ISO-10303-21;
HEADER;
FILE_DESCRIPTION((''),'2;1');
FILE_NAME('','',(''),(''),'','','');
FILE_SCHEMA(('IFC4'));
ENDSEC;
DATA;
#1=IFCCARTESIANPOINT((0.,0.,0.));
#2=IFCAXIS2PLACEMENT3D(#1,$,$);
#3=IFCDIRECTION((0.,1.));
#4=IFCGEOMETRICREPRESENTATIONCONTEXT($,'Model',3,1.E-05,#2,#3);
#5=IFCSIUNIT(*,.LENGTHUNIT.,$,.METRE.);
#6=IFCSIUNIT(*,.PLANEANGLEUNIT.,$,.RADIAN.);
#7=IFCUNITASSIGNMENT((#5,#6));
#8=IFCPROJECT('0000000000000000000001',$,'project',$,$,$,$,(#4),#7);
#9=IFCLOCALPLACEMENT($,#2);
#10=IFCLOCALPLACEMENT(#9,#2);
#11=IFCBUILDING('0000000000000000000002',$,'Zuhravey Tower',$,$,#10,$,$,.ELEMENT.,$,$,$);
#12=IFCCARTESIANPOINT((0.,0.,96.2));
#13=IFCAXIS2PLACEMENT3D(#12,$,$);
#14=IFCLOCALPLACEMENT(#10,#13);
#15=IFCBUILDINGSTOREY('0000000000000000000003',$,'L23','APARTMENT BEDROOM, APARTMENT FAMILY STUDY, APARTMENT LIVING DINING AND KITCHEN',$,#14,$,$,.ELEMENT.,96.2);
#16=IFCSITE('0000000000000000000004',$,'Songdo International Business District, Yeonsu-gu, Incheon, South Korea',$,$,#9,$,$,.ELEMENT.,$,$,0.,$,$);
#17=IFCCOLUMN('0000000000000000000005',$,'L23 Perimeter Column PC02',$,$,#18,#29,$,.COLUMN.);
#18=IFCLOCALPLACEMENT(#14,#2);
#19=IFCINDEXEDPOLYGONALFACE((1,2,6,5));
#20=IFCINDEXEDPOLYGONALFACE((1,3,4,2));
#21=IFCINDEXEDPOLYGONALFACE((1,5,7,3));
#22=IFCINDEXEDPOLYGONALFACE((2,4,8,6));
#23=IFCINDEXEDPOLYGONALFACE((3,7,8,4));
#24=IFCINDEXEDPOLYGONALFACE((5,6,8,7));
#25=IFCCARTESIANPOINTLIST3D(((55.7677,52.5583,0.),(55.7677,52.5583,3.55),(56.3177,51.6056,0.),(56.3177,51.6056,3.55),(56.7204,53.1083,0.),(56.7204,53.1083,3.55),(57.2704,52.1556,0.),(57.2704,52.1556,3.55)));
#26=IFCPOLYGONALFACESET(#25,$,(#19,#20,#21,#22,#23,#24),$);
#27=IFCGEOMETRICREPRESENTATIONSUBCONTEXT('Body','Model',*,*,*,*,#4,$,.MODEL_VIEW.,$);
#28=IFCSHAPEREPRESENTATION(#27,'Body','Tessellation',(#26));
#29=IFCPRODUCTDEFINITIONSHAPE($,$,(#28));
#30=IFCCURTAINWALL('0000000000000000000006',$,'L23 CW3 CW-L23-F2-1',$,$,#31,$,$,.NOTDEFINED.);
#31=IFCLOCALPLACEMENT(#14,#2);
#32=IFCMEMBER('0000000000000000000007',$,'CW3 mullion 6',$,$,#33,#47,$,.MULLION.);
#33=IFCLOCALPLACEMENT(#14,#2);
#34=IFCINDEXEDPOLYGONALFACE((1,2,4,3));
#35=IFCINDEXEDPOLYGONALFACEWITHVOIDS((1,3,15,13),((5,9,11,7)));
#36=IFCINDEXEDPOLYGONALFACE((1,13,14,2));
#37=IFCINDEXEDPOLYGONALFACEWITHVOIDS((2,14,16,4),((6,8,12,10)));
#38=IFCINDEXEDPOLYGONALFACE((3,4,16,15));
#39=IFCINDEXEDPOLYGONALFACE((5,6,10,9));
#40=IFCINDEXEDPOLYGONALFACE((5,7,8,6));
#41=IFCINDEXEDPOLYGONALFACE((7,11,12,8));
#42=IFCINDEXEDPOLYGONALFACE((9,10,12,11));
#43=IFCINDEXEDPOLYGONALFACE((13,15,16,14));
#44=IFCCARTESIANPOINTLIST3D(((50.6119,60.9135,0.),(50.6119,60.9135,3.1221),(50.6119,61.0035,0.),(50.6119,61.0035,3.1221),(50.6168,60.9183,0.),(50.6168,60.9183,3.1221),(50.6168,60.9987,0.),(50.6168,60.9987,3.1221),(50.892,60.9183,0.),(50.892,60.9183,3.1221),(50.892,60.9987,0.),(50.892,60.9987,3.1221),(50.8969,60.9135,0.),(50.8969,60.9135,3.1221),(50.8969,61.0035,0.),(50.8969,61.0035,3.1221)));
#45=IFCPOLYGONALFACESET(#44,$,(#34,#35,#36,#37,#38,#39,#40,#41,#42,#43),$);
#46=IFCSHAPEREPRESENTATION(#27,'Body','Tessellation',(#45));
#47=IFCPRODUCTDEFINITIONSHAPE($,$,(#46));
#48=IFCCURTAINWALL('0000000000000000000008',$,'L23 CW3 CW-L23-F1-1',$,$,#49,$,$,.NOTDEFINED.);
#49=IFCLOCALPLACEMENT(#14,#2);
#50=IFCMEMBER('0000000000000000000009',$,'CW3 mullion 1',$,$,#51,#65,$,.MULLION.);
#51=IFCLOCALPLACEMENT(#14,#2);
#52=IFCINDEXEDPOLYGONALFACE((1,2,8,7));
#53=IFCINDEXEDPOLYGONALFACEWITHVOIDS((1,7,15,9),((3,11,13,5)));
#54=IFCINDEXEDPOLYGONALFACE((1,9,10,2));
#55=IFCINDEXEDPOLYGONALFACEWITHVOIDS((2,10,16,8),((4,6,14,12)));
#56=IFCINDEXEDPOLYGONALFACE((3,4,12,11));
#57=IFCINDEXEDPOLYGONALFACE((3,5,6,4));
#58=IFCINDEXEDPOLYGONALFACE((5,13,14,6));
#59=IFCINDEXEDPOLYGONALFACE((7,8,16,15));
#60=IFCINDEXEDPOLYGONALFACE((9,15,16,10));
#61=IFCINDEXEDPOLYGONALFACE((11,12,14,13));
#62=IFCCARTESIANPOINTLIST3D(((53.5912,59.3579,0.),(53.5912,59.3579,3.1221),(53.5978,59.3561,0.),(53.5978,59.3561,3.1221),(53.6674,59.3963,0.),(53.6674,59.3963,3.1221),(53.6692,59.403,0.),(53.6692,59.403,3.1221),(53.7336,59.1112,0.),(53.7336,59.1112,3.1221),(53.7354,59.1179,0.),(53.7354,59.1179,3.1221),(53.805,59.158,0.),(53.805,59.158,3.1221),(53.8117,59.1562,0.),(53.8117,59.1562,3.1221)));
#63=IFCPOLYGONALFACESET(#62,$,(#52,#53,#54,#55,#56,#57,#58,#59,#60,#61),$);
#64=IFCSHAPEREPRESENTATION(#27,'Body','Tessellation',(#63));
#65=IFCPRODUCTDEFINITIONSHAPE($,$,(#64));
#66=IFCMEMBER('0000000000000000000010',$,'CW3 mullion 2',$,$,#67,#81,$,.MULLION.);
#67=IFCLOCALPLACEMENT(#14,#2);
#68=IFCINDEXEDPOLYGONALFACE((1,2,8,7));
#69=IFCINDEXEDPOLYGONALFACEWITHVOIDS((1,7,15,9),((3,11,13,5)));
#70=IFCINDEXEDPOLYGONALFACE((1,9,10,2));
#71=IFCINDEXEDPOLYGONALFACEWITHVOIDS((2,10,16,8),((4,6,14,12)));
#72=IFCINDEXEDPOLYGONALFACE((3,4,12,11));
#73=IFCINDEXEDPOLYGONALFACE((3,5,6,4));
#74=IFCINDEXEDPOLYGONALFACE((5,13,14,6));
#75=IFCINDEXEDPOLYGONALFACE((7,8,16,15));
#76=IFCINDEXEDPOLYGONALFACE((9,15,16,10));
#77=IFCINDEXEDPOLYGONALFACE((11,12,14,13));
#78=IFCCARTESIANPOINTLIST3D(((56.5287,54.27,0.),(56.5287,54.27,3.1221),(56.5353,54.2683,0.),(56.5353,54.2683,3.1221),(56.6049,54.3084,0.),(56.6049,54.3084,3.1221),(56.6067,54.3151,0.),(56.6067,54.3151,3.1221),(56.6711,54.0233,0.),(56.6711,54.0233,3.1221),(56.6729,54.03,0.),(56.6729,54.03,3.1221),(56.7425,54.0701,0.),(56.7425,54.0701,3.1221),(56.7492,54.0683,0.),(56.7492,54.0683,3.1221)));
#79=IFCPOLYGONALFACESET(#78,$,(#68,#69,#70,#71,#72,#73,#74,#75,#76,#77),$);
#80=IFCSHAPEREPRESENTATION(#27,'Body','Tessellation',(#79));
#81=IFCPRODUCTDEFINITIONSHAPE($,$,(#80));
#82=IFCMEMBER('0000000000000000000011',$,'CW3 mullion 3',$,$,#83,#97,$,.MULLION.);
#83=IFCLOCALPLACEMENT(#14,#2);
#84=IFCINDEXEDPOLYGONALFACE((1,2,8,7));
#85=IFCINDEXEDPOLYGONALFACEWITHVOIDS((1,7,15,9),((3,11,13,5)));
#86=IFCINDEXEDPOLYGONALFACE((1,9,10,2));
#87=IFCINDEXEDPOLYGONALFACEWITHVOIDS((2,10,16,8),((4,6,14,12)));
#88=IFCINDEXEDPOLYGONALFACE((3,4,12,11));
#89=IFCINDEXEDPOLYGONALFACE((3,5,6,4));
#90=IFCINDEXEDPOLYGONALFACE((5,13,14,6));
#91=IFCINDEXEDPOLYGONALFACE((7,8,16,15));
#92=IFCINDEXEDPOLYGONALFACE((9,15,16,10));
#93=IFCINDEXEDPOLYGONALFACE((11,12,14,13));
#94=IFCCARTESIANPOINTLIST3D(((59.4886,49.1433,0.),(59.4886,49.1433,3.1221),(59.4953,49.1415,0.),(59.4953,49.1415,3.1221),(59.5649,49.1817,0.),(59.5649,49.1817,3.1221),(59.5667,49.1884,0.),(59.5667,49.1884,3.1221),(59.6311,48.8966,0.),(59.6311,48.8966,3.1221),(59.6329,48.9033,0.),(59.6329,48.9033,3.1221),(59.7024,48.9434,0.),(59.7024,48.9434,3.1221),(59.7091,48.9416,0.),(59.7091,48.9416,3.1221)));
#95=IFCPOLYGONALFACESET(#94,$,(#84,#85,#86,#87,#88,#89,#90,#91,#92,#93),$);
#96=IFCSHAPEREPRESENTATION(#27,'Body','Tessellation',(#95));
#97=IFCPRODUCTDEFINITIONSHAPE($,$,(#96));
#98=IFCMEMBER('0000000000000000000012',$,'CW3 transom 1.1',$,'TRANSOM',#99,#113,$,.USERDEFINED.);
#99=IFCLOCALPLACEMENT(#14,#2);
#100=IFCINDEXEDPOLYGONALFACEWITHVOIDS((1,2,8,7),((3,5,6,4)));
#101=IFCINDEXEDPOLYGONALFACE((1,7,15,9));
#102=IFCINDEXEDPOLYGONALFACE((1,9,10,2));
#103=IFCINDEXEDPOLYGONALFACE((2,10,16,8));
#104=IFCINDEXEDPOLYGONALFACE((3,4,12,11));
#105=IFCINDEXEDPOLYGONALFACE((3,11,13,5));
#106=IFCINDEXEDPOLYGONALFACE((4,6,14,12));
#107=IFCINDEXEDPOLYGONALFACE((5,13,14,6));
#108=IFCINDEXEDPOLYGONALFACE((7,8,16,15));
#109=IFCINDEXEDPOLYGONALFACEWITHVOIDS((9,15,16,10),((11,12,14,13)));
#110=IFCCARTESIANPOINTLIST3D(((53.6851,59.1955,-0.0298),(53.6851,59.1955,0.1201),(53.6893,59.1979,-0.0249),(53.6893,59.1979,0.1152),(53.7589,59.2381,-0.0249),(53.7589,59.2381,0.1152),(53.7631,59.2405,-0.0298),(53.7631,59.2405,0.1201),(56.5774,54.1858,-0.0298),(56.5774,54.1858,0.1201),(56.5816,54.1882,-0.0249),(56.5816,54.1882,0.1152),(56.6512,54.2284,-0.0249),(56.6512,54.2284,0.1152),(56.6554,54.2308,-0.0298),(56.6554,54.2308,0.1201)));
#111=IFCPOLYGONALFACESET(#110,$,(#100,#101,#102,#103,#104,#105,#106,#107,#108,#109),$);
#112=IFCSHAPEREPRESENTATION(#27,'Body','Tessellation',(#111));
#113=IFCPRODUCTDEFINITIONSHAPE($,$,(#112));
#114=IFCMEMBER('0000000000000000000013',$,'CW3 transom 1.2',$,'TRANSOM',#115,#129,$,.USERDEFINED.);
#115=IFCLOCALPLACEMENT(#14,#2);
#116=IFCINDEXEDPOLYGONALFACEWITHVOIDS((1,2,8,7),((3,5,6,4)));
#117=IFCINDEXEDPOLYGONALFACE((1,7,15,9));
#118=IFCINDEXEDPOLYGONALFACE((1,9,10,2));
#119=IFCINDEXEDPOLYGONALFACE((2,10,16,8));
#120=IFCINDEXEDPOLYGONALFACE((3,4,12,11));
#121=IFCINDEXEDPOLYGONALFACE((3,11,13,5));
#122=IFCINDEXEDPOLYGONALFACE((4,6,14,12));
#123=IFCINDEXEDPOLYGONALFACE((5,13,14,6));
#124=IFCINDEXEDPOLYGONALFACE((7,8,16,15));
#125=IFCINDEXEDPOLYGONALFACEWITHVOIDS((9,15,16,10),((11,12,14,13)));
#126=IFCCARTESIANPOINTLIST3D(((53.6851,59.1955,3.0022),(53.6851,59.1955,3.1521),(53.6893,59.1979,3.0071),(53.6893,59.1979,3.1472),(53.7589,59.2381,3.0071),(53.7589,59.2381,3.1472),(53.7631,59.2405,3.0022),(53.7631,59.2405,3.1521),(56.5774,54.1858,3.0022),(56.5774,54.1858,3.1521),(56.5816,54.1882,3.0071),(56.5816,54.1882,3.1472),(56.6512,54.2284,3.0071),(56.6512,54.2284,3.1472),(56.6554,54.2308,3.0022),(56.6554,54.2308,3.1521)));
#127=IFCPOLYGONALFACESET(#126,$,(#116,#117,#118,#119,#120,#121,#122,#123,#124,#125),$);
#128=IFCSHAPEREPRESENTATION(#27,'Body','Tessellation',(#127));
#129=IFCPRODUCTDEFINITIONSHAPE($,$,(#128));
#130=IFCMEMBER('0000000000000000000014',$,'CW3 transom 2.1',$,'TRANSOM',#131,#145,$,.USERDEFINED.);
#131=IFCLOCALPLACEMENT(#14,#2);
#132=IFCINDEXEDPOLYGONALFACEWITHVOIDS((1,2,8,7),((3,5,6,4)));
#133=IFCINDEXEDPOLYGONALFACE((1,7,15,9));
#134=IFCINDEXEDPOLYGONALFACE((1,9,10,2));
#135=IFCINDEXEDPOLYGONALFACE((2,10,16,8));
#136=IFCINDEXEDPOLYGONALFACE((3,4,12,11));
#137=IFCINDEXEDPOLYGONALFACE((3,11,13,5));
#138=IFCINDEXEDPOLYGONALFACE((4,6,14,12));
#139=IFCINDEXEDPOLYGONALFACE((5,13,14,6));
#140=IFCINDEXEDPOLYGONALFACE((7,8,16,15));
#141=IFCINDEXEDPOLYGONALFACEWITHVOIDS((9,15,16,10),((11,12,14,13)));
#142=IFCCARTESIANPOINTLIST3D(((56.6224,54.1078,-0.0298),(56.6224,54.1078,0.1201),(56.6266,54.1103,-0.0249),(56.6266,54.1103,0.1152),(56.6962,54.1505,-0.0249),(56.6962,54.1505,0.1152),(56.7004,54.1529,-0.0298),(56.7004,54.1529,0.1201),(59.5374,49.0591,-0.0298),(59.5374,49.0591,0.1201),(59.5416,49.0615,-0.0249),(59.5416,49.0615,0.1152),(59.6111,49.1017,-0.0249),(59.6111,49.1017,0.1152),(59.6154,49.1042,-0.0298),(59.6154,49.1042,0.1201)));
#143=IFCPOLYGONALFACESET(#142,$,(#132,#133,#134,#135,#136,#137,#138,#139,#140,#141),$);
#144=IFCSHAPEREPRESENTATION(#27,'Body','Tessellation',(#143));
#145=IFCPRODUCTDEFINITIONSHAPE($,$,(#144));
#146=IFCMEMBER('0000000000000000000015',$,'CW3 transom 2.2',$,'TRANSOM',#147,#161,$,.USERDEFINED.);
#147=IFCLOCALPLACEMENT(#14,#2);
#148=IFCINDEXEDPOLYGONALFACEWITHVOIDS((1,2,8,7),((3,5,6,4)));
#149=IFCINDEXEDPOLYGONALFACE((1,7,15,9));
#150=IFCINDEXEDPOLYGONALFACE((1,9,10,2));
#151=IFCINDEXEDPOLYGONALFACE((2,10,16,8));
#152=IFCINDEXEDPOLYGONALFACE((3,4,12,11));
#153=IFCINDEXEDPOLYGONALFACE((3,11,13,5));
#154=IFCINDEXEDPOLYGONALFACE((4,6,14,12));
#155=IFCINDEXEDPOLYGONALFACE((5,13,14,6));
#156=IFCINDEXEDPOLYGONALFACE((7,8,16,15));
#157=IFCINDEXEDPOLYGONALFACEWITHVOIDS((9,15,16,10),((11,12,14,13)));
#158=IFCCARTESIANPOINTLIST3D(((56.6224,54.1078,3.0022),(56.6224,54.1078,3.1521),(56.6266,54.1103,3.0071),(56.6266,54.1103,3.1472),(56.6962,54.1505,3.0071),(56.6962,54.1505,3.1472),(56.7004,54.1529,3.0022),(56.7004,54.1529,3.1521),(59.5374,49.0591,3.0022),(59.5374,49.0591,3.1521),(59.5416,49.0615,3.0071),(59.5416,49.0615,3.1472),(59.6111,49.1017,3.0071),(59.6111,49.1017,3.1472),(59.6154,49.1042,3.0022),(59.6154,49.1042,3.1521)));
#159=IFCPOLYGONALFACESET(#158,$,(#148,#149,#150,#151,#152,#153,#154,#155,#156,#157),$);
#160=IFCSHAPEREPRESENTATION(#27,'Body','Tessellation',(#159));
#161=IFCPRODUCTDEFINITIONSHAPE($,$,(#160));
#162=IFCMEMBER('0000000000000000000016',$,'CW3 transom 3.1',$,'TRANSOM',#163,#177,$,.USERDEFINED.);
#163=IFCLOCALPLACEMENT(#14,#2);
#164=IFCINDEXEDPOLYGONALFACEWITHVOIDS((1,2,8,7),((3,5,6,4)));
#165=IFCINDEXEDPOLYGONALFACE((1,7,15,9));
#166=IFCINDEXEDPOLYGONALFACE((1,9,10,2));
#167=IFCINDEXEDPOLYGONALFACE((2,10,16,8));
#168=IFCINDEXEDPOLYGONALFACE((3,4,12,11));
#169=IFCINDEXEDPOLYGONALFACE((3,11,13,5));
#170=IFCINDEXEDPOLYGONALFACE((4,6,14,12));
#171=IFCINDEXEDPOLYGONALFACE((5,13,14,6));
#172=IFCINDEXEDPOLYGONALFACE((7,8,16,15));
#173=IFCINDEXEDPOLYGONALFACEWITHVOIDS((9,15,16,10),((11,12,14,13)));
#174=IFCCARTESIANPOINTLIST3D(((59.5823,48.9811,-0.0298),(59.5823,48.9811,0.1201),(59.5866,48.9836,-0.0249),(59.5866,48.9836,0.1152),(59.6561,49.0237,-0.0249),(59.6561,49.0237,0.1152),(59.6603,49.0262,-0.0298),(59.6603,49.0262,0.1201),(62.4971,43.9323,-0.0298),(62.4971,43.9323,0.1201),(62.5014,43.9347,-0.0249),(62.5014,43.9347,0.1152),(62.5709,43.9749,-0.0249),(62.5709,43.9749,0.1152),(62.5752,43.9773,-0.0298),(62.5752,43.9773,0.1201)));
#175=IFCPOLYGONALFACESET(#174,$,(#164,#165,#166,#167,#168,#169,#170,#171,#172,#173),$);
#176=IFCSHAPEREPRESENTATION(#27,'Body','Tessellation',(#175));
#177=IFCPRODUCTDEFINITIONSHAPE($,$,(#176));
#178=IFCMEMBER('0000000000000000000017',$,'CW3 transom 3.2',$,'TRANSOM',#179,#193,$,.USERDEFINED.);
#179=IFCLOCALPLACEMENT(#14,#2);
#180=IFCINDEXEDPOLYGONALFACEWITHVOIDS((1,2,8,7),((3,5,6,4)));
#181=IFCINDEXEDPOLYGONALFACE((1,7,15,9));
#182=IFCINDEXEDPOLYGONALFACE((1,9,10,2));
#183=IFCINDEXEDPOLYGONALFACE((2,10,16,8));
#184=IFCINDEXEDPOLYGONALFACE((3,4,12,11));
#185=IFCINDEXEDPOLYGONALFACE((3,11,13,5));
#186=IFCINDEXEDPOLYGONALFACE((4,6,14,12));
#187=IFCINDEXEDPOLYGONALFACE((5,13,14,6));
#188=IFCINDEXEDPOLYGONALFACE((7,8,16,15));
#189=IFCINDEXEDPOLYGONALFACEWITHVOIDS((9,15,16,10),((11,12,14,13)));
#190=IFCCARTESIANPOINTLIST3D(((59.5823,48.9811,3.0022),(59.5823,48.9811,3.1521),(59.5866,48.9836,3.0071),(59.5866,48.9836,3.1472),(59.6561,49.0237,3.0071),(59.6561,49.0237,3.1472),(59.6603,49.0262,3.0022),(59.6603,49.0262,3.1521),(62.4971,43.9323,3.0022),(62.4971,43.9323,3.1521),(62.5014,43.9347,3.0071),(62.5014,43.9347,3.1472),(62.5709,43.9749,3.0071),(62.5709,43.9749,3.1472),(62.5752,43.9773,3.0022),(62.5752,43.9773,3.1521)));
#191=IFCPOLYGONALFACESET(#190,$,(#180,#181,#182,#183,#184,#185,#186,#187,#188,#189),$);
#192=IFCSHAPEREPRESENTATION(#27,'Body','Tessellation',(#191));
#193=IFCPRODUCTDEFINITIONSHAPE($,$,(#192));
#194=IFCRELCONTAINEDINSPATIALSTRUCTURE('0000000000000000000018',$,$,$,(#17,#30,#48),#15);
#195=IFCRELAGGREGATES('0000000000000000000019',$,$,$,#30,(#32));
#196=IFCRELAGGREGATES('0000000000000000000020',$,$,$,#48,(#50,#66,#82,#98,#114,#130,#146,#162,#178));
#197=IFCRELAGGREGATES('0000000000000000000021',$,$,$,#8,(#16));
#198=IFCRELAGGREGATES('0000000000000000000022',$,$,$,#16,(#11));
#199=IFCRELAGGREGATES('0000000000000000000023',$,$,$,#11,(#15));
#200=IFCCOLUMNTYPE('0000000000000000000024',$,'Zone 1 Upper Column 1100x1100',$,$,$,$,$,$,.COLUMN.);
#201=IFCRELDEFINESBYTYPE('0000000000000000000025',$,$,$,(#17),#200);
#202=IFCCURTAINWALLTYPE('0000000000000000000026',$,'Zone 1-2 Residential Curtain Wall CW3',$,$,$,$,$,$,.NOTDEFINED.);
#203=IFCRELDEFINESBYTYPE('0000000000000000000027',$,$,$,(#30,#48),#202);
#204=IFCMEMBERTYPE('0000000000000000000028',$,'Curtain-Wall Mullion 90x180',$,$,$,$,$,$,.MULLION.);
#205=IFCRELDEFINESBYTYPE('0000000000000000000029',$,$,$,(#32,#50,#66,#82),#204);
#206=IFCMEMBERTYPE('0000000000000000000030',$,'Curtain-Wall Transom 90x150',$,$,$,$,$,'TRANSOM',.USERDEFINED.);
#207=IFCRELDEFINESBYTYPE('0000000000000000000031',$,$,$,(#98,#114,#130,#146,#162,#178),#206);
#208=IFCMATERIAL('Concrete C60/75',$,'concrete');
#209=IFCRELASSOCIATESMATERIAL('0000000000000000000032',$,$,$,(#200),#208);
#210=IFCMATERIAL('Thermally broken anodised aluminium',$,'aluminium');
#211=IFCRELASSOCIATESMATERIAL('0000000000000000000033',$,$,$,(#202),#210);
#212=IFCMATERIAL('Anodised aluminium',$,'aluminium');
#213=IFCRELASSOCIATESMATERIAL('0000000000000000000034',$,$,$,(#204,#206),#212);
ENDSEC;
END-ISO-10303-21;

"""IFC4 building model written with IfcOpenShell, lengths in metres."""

from ifc_helpers import new_model, si_unit, direction, frame, origin, origin_2d, place, context, subcontext, project, spatial, rectangle, hollow_rectangle, extrude, material, material_profile, profile_set, type_object, element, aggregate, save


model = new_model("IFC4")

# Units and contexts
model_context = context("Model", 3, precision=1e-05, world=origin(), true_north=direction((0.0, 1.0)))
body_context = subcontext(model_context, "Body", "Model", "MODEL_VIEW")
ifc_project = project(units=[si_unit("LENGTHUNIT", "METRE"), si_unit("PLANEANGLEUNIT", "RADIAN")], contexts=[model_context])

# Site, building, storey
site_placement = place(None, origin())
site = spatial("IfcSite", under=ifc_project, at=site_placement, Name="Songdo International Business District, Yeonsu-gu, Incheon, South Korea", CompositionType="ELEMENT", RefElevation=0.0)
building_placement = place(site_placement, origin())
building = spatial("IfcBuilding", under=site, at=building_placement, Name="Zuhravey Tower", CompositionType="ELEMENT")
storey_placement = place(building_placement, frame((0.0, 0.0, 96.2)))
storey = spatial("IfcBuildingStorey", under=building, at=storey_placement, Name="L23", Description="APARTMENT BEDROOM, APARTMENT FAMILY STUDY, APARTMENT LIVING DINING AND KITCHEN", CompositionType="ELEMENT", Elevation=96.2)

# Column
ifc_material_1 = material(Name="Concrete C60/75", Category="concrete")
ifc_material_profile_1 = material_profile(ifc_material_1, rectangle(XDim=1.1001, YDim=1.1001, at=origin_2d()), Name="RC-1100x1100")
ifc_profile_set_1 = profile_set([ifc_material_profile_1], Name="Concrete C60/75")
column_type = type_object("IfcColumnType", Name="Zone 1 Upper Column 1100x1100", PredefinedType="COLUMN", material=ifc_profile_set_1)
column_placement = place(storey_placement, frame((56.519, 52.3569, 0.0), z_axis=(0.0, 0.0, 1.0), x_axis=(-0.5, 0.866025, 0.0)))
element("IfcColumn", 1, at=column_placement, inside=storey, type_object=column_type, Name="L23 Perimeter Column PC02", PredefinedType="COLUMN", context=body_context, shape_type="SweptSolid", body=[
    extrude(rectangle(XDim=1.1001, YDim=1.1001, at=origin_2d()), origin(), (0.0, 0.0, 1.0), 3.55),
])

# Curtain wall, member
ifc_material_2 = material(Name="Thermally broken anodised aluminium", Category="aluminium")
curtain_wall_type = type_object("IfcCurtainWallType", Name="Zone 1-2 Residential Curtain Wall CW3", PredefinedType="NOTDEFINED", material=ifc_material_2)
curtain_wall_1_placement = place(storey_placement, origin())
curtain_wall_1 = element("IfcCurtainWall", 2, at=curtain_wall_1_placement, inside=storey, type_object=curtain_wall_type, Name="L23 CW3 CW-L23-F2-1", PredefinedType="NOTDEFINED")
ifc_material_3 = material(Name="Anodised aluminium", Category="aluminium")
ifc_material_profile_2 = material_profile(ifc_material_3, hollow_rectangle(XDim=0.0901, YDim=0.2849, WallThickness=0.0049, at=origin_2d()), Name="ALU-RHS-90x285x5")
ifc_profile_set_2 = profile_set([ifc_material_profile_2], Name="Anodised aluminium")
member_type_1 = type_object("IfcMemberType", Name="Curtain-Wall Mullion 90x180", PredefinedType="MULLION", material=ifc_profile_set_2)
member_1_placement = place(storey_placement, frame((50.7544, 60.9585, 0.0), z_axis=(0.0, 0.0, 1.0), x_axis=(0.0, 1.0, 0.0)))
member_1 = element("IfcMember", 3, at=member_1_placement, type_object=member_type_1, Name="CW3 mullion 6", PredefinedType="MULLION", context=body_context, shape_type="SweptSolid", body=[
    extrude(hollow_rectangle(XDim=0.0901, YDim=0.2849, WallThickness=0.0049, at=origin_2d()), origin(), (0.0, 0.0, 1.0), 3.1221),
])
aggregate(curtain_wall_1, [member_1])

# Curtain wall, members
curtain_wall_2_placement = place(storey_placement, origin())
curtain_wall_2 = element("IfcCurtainWall", 4, at=curtain_wall_2_placement, inside=storey, type_object=curtain_wall_type, Name="L23 CW3 CW-L23-F1-1", PredefinedType="NOTDEFINED")
member_2_placement = place(storey_placement, frame((53.7014, 59.2571, 0.0), z_axis=(0.0, 0.0, 1.0), x_axis=(0.866026, 0.5, 0.0)))
member_2 = element("IfcMember", 5, at=member_2_placement, type_object=member_type_1, Name="CW3 mullion 1", PredefinedType="MULLION", context=body_context, shape_type="SweptSolid", body=[
    extrude(hollow_rectangle(XDim=0.0901, YDim=0.2849, WallThickness=0.0049, at=origin_2d()), origin(), (0.0, 0.0, 1.0), 3.1221),
])
member_3_placement = place(storey_placement, frame((56.6389, 54.1692, 0.0), z_axis=(0.0, 0.0, 1.0), x_axis=(0.866026, 0.5, 0.0)))
member_3 = element("IfcMember", 6, at=member_3_placement, type_object=member_type_1, Name="CW3 mullion 2", PredefinedType="MULLION", context=body_context, shape_type="SweptSolid", body=[
    extrude(hollow_rectangle(XDim=0.0901, YDim=0.2849, WallThickness=0.0049, at=origin_2d()), origin(), (0.0, 0.0, 1.0), 3.1221),
])
member_4_placement = place(storey_placement, frame((59.5989, 49.0425, 0.0), z_axis=(0.0, 0.0, 1.0), x_axis=(0.866026, 0.5, 0.0)))
member_4 = element("IfcMember", 7, at=member_4_placement, type_object=member_type_1, Name="CW3 mullion 3", PredefinedType="MULLION", context=body_context, shape_type="SweptSolid", body=[
    extrude(hollow_rectangle(XDim=0.0901, YDim=0.2849, WallThickness=0.0049, at=origin_2d()), origin(), (0.0, 0.0, 1.0), 3.1221),
])
ifc_material_profile_3 = material_profile(ifc_material_3, hollow_rectangle(XDim=0.0901, YDim=0.1499, WallThickness=0.0049, at=origin_2d()), Name="ALU-RHS-90x150x5")
ifc_profile_set_3 = profile_set([ifc_material_profile_3], Name="Anodised aluminium")
member_type_2 = type_object("IfcMemberType", Name="Curtain-Wall Transom 90x150", ElementType="TRANSOM", PredefinedType="USERDEFINED", material=ifc_profile_set_3)
member_5_placement = place(storey_placement, frame((53.7241, 59.218, 0.0452), z_axis=(0.499993, -0.86603, 0.0), x_axis=(0.86603, 0.499993, 0.0)))
member_5 = element("IfcMember", 8, at=member_5_placement, type_object=member_type_2, Name="CW3 transom 1.1", ObjectType="TRANSOM", PredefinedType="USERDEFINED", context=body_context, shape_type="SweptSolid", body=[
    extrude(hollow_rectangle(XDim=0.0901, YDim=0.1499, WallThickness=0.0049, at=origin_2d()), origin(), (0.0, 0.0, 1.0), 5.7847),
])
member_6_placement = place(storey_placement, frame((53.7241, 59.218, 3.0771), z_axis=(0.499993, -0.86603, 0.0), x_axis=(0.86603, 0.499993, 0.0)))
member_6 = element("IfcMember", 9, at=member_6_placement, type_object=member_type_2, Name="CW3 transom 1.2", ObjectType="TRANSOM", PredefinedType="USERDEFINED", context=body_context, shape_type="SweptSolid", body=[
    extrude(hollow_rectangle(XDim=0.0901, YDim=0.1499, WallThickness=0.0049, at=origin_2d()), origin(), (0.0, 0.0, 1.0), 5.7847),
])
member_7_placement = place(storey_placement, frame((56.6614, 54.1304, 0.0452), z_axis=(0.500012, -0.866018, 0.0), x_axis=(0.866018, 0.500012, 0.0)))
member_7 = element("IfcMember", 10, at=member_7_placement, type_object=member_type_2, Name="CW3 transom 2.1", ObjectType="TRANSOM", PredefinedType="USERDEFINED", context=body_context, shape_type="SweptSolid", body=[
    extrude(hollow_rectangle(XDim=0.0901, YDim=0.1499, WallThickness=0.0049, at=origin_2d()), origin(), (0.0, 0.0, 1.0), 5.8298),
])
member_8_placement = place(storey_placement, frame((56.6614, 54.1304, 3.0771), z_axis=(0.500012, -0.866018, 0.0), x_axis=(0.866018, 0.500012, 0.0)))
member_8 = element("IfcMember", 11, at=member_8_placement, type_object=member_type_2, Name="CW3 transom 2.2", ObjectType="TRANSOM", PredefinedType="USERDEFINED", context=body_context, shape_type="SweptSolid", body=[
    extrude(hollow_rectangle(XDim=0.0901, YDim=0.1499, WallThickness=0.0049, at=origin_2d()), origin(), (0.0, 0.0, 1.0), 5.8298),
])
member_9_placement = place(storey_placement, frame((59.6213, 49.0037, 0.0452), z_axis=(0.499981, -0.866036, 0.0), x_axis=(0.866036, 0.499981, 0.0)))
member_9 = element("IfcMember", 12, at=member_9_placement, type_object=member_type_2, Name="CW3 transom 3.1", ObjectType="TRANSOM", PredefinedType="USERDEFINED", context=body_context, shape_type="SweptSolid", body=[
    extrude(hollow_rectangle(XDim=0.0901, YDim=0.1499, WallThickness=0.0049, at=origin_2d()), origin(), (0.0, 0.0, 1.0), 5.8298),
])
member_10_placement = place(storey_placement, frame((59.6213, 49.0037, 3.0771), z_axis=(0.499981, -0.866036, 0.0), x_axis=(0.866036, 0.499981, 0.0)))
member_10 = element("IfcMember", 13, at=member_10_placement, type_object=member_type_2, Name="CW3 transom 3.2", ObjectType="TRANSOM", PredefinedType="USERDEFINED", context=body_context, shape_type="SweptSolid", body=[
    extrude(hollow_rectangle(XDim=0.0901, YDim=0.1499, WallThickness=0.0049, at=origin_2d()), origin(), (0.0, 0.0, 1.0), 5.8298),
])

aggregate(curtain_wall_2, [member_2, member_3, member_4, member_5, member_6, member_7, member_8, member_9, member_10])

save(model, "model.ifc")
